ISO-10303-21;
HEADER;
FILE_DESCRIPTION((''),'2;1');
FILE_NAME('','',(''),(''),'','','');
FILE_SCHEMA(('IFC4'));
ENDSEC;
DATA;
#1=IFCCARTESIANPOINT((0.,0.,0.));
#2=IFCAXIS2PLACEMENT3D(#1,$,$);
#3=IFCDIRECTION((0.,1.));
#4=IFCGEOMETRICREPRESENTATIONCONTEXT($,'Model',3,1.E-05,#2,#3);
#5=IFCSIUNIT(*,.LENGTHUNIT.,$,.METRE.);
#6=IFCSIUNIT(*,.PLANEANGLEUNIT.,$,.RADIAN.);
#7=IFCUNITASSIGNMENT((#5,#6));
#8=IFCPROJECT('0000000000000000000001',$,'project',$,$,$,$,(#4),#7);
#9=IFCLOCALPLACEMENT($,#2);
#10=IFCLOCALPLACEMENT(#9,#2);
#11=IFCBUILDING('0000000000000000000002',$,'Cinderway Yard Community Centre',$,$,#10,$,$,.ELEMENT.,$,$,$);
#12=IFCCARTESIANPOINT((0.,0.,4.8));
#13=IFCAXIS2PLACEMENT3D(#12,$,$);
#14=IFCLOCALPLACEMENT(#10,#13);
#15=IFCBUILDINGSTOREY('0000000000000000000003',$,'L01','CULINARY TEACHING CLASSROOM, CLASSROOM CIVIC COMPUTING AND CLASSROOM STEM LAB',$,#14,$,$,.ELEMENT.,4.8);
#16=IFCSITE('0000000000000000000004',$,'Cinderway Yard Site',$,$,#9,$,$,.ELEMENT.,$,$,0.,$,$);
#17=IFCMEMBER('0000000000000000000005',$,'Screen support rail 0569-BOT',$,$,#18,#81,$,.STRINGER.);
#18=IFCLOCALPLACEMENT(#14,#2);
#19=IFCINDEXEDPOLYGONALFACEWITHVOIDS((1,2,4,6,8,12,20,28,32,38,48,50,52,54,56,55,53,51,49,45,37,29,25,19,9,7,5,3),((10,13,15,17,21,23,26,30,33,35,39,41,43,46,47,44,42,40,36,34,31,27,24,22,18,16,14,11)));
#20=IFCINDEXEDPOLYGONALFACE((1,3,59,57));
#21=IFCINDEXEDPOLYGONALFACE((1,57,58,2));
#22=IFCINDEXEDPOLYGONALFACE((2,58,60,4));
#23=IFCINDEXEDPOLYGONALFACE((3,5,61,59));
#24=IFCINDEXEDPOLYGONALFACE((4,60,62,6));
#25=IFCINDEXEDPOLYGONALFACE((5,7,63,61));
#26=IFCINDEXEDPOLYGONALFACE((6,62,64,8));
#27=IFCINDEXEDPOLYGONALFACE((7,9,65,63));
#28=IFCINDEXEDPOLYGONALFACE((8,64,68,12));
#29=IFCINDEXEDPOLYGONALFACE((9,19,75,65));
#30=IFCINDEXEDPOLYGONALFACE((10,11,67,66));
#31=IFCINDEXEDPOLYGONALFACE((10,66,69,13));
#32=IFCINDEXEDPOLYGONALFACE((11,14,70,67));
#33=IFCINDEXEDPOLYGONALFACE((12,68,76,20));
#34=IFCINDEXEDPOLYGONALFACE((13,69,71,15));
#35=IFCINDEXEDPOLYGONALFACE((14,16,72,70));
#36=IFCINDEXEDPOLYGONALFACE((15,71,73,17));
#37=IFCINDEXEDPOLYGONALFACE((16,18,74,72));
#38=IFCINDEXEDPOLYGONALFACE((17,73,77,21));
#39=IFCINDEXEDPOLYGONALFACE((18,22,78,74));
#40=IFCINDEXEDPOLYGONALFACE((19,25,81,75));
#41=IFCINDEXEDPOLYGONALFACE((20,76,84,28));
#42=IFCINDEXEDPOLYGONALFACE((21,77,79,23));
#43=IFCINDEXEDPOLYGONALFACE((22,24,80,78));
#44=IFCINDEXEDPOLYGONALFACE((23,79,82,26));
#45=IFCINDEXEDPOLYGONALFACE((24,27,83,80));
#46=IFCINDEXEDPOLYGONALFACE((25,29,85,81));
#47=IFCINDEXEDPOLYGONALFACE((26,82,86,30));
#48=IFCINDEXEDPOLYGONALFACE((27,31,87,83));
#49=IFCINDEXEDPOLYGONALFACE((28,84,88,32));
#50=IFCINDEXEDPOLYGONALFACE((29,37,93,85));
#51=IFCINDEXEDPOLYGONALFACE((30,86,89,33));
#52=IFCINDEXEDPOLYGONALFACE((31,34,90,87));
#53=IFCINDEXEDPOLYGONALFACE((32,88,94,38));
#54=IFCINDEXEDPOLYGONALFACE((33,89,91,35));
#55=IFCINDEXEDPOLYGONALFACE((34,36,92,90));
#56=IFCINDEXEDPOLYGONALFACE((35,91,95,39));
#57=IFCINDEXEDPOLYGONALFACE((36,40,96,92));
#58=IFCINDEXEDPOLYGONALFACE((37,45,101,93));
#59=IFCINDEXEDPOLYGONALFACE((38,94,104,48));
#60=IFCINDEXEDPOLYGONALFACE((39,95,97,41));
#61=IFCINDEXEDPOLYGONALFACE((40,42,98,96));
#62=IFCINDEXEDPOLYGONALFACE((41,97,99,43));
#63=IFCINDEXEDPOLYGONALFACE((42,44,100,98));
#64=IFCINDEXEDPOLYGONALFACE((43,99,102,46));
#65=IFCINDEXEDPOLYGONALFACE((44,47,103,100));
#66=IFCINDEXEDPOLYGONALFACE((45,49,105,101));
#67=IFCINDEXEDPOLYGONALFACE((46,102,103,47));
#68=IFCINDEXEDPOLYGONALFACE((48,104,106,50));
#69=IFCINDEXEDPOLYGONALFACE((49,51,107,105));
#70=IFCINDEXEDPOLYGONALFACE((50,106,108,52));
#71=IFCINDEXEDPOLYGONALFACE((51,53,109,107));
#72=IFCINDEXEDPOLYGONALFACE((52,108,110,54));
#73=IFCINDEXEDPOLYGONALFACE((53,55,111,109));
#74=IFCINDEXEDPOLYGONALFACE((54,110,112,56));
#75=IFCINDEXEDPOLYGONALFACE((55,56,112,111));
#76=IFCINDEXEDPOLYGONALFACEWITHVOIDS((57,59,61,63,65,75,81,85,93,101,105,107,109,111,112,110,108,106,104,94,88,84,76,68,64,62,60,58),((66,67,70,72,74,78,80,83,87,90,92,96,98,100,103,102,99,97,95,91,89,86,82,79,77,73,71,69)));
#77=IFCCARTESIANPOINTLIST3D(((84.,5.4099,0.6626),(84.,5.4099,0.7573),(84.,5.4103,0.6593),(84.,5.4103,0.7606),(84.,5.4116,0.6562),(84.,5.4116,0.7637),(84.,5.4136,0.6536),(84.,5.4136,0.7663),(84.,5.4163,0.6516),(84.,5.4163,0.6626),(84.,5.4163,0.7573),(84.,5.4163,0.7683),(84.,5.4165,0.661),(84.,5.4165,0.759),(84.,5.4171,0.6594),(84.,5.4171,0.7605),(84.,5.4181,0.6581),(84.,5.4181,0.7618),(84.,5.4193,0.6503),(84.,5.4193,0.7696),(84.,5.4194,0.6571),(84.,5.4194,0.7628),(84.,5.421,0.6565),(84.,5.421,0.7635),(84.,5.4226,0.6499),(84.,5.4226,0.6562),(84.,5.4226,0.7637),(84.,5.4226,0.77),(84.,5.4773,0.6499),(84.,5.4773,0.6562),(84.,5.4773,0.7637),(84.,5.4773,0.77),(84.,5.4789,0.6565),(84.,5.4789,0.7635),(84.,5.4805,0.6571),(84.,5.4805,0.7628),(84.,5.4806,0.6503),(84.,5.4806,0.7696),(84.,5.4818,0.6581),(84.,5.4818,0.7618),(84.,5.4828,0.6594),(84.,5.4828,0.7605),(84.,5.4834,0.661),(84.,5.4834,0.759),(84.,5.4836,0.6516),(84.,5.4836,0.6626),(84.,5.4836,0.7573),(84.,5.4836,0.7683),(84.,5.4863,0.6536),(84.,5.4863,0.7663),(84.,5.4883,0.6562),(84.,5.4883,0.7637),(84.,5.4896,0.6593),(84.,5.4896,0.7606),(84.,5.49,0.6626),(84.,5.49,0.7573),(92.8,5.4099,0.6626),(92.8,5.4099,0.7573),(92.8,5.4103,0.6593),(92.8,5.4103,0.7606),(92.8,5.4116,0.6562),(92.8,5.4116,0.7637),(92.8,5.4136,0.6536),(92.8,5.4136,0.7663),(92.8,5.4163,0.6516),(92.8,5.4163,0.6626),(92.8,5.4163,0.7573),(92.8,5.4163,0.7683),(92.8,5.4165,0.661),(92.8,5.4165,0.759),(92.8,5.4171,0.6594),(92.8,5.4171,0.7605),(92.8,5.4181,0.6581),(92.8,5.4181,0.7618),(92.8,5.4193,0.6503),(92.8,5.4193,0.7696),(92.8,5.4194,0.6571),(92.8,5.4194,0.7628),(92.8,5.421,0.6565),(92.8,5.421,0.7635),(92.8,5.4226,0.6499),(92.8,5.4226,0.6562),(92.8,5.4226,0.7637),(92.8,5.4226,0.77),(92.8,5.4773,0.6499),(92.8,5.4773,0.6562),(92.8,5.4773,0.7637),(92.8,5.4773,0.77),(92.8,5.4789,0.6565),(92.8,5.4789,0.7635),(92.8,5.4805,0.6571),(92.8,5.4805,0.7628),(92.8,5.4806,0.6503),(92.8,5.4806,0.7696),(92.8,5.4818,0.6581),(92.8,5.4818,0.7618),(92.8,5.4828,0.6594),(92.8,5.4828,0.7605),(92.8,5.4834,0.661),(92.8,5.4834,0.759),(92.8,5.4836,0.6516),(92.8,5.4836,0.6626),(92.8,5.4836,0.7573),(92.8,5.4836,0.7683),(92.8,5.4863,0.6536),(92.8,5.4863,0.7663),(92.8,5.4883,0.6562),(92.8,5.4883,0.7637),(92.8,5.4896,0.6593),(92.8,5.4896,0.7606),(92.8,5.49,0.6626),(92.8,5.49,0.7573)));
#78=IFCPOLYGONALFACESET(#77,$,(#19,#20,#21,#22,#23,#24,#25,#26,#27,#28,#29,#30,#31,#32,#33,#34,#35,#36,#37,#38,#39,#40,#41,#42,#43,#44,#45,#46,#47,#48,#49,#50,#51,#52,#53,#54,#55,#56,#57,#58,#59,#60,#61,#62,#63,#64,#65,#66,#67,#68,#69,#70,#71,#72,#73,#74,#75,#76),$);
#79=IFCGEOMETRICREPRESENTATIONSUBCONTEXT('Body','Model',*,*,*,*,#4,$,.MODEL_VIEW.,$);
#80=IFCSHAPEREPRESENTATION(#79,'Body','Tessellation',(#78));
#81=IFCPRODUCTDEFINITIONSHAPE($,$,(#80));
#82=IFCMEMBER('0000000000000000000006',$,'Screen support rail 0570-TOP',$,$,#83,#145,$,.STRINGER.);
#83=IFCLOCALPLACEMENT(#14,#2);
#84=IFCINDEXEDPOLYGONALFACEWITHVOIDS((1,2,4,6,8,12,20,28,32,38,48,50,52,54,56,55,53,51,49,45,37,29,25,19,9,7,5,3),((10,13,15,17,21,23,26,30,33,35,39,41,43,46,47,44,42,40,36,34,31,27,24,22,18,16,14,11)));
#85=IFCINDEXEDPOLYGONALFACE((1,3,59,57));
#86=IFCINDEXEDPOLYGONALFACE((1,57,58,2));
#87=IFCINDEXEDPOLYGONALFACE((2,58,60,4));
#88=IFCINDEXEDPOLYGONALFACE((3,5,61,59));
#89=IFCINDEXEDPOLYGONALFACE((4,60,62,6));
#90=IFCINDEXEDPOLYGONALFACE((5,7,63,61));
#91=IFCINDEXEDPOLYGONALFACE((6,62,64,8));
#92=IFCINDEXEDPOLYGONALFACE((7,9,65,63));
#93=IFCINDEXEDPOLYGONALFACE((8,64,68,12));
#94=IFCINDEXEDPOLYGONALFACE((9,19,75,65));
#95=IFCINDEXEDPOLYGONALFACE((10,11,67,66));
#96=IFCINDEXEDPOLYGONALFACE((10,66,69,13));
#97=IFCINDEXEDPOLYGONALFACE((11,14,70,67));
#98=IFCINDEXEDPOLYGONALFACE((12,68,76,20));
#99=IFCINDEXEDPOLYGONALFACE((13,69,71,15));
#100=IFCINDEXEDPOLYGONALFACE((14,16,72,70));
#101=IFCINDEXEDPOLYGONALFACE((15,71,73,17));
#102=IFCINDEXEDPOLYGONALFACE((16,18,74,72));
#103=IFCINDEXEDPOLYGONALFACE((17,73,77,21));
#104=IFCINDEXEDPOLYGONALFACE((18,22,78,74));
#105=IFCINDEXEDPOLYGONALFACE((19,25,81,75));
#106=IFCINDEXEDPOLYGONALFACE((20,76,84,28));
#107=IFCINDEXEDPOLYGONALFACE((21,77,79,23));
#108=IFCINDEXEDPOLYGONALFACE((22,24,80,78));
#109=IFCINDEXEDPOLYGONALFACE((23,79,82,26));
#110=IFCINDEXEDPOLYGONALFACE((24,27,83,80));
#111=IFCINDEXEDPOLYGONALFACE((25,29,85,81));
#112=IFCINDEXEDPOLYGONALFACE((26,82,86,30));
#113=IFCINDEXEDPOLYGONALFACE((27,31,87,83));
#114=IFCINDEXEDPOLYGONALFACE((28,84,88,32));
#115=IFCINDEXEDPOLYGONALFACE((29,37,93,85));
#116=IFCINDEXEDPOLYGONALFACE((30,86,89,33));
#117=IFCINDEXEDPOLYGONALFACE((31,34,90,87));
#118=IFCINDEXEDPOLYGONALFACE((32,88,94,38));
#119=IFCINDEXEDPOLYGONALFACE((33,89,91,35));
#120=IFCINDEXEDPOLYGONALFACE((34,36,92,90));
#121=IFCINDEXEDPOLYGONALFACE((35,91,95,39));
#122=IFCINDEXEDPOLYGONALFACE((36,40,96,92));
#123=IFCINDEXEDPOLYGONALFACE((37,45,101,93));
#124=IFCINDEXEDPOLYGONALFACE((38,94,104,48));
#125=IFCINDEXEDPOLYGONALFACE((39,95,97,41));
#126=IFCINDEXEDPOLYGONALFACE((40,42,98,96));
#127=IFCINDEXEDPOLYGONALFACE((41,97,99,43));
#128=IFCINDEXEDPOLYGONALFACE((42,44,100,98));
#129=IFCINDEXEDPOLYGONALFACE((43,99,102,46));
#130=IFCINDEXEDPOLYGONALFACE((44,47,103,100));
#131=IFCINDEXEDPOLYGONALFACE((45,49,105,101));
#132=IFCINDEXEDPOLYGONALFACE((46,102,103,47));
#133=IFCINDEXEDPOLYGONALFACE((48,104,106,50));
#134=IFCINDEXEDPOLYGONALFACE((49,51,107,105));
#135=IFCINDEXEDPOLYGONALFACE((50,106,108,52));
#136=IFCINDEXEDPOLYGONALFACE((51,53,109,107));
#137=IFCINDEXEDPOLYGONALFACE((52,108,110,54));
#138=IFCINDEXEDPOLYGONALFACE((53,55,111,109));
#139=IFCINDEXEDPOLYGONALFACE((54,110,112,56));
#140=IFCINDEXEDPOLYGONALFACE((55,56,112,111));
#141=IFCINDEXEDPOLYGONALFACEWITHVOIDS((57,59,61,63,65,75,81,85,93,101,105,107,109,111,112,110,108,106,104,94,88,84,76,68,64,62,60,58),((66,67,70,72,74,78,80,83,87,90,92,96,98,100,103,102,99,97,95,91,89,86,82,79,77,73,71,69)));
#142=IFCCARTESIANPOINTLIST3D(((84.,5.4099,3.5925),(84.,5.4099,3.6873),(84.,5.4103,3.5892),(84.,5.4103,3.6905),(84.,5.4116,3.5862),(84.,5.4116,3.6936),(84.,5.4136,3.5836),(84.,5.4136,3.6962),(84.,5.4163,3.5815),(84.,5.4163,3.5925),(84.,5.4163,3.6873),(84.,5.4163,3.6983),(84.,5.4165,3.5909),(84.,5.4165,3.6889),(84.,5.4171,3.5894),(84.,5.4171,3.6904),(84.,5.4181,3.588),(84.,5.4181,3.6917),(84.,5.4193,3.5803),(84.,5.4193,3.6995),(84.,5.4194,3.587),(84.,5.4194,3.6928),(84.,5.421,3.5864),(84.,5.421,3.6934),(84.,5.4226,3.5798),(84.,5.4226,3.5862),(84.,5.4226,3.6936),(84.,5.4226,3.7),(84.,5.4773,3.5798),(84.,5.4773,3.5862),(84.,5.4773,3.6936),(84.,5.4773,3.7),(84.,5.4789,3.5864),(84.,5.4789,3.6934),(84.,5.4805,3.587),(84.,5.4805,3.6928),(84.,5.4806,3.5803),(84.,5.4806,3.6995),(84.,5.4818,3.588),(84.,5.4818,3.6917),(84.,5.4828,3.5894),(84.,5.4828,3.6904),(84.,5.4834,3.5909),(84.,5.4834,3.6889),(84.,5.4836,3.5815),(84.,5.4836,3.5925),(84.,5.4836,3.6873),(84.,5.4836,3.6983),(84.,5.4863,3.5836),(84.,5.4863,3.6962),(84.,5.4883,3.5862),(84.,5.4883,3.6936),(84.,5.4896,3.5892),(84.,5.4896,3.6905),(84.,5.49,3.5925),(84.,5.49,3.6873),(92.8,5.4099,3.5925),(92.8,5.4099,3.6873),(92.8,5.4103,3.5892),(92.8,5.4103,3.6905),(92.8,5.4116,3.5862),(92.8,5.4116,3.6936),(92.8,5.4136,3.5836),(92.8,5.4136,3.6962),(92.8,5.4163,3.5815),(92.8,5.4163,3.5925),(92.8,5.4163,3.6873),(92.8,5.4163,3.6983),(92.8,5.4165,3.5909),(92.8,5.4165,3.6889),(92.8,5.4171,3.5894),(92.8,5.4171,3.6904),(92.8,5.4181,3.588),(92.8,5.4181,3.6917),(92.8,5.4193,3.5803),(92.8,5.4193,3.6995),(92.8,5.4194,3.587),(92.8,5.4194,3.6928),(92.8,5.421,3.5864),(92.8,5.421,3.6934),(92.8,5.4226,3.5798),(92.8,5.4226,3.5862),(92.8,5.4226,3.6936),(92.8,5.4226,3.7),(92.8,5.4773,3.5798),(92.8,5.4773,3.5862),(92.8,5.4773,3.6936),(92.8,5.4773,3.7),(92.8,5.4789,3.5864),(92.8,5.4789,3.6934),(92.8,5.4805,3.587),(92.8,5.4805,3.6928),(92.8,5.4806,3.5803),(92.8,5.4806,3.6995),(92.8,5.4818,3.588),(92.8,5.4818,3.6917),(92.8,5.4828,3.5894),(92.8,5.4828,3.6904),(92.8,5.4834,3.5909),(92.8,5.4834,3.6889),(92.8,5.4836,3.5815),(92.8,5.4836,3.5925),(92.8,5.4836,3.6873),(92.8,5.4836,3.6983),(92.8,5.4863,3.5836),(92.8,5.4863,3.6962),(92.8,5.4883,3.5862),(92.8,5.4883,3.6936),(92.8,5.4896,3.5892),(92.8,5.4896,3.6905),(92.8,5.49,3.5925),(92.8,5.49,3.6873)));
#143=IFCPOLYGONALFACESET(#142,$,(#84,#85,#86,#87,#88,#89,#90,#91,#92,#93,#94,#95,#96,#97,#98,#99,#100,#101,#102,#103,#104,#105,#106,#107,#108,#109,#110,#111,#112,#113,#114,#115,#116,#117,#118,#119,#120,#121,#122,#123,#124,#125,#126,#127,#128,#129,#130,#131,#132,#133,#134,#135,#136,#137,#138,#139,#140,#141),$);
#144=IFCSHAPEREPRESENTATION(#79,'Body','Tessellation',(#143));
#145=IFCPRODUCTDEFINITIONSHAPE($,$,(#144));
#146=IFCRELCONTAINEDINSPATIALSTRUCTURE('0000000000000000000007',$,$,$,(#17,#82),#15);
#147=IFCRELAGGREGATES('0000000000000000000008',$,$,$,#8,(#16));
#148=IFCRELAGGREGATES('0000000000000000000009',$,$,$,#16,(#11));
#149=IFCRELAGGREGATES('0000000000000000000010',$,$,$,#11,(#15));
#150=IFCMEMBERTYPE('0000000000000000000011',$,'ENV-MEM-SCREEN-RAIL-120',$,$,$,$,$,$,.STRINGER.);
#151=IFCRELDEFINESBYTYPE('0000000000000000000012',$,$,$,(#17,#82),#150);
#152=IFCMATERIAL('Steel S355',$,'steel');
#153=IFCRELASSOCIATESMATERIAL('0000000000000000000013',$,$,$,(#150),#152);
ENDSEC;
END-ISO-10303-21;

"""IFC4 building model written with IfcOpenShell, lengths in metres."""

from ifc_helpers import new_model, si_unit, direction, frame, origin, origin_2d, place, context, subcontext, project, spatial, hollow_rectangle, extrude, material, material_profile, profile_set, type_object, element, save


model = new_model("IFC4")

# Units and contexts
model_context = context("Model", 3, precision=1e-05, world=origin(), true_north=direction((0.0, 1.0)))
body_context = subcontext(model_context, "Body", "Model", "MODEL_VIEW")
ifc_project = project(units=[si_unit("LENGTHUNIT", "METRE"), si_unit("PLANEANGLEUNIT", "RADIAN")], contexts=[model_context])

# Site, building, storey
site_placement = place(None, origin())
site = spatial("IfcSite", under=ifc_project, at=site_placement, Name="Cinderway Yard Site", CompositionType="ELEMENT", RefElevation=0.0)
building_placement = place(site_placement, origin())
building = spatial("IfcBuilding", under=site, at=building_placement, Name="Cinderway Yard Community Centre", CompositionType="ELEMENT")
storey_placement = place(building_placement, frame((0.0, 0.0, 4.8)))
storey = spatial("IfcBuildingStorey", under=building, at=storey_placement, Name="L01", Description="CULINARY TEACHING CLASSROOM, CLASSROOM CIVIC COMPUTING AND CLASSROOM STEM LAB", CompositionType="ELEMENT", Elevation=4.8)

# Members
ifc_material_1 = material(Name="Steel S355", Category="steel")
ifc_material_profile_1 = material_profile(ifc_material_1, hollow_rectangle(XDim=0.0801, YDim=0.1201, WallThickness=0.0063, InnerFilletRadius=0.0063, OuterFilletRadius=0.0127, at=origin_2d()), Name="Steel S355")
ifc_profile_set_1 = profile_set([ifc_material_profile_1], Name="Steel S355")
member_type_1 = type_object("IfcMemberType", Name="ENV-MEM-SCREEN-RAIL-120", PredefinedType="STRINGER", material=ifc_profile_set_1)
for number, where, z_axis, x_axis, name in (
    (1, (84.0, 5.45, 0.71), (1.0, 0.0, 0.0), (0.0, 1.0, 0.0), "Screen support rail 0569-BOT"),
    (2, (84.0, 5.45, 3.6399), (1.0, 0.0, 0.0), (0.0, 1.0, 0.0), "Screen support rail 0570-TOP"),
):
    element("IfcMember", number, at=place(storey_placement, frame(where, z_axis=z_axis, x_axis=x_axis)), inside=storey, type_object=member_type_1, Name=name, PredefinedType="STRINGER", context=body_context, shape_type="SweptSolid", body=[
        extrude(hollow_rectangle(XDim=0.0801, YDim=0.1201, WallThickness=0.0063, InnerFilletRadius=0.0063, OuterFilletRadius=0.0127, at=origin_2d()), origin(), (0.0, 0.0, 1.0), 8.8),
    ])

save(model, "model.ifc")
